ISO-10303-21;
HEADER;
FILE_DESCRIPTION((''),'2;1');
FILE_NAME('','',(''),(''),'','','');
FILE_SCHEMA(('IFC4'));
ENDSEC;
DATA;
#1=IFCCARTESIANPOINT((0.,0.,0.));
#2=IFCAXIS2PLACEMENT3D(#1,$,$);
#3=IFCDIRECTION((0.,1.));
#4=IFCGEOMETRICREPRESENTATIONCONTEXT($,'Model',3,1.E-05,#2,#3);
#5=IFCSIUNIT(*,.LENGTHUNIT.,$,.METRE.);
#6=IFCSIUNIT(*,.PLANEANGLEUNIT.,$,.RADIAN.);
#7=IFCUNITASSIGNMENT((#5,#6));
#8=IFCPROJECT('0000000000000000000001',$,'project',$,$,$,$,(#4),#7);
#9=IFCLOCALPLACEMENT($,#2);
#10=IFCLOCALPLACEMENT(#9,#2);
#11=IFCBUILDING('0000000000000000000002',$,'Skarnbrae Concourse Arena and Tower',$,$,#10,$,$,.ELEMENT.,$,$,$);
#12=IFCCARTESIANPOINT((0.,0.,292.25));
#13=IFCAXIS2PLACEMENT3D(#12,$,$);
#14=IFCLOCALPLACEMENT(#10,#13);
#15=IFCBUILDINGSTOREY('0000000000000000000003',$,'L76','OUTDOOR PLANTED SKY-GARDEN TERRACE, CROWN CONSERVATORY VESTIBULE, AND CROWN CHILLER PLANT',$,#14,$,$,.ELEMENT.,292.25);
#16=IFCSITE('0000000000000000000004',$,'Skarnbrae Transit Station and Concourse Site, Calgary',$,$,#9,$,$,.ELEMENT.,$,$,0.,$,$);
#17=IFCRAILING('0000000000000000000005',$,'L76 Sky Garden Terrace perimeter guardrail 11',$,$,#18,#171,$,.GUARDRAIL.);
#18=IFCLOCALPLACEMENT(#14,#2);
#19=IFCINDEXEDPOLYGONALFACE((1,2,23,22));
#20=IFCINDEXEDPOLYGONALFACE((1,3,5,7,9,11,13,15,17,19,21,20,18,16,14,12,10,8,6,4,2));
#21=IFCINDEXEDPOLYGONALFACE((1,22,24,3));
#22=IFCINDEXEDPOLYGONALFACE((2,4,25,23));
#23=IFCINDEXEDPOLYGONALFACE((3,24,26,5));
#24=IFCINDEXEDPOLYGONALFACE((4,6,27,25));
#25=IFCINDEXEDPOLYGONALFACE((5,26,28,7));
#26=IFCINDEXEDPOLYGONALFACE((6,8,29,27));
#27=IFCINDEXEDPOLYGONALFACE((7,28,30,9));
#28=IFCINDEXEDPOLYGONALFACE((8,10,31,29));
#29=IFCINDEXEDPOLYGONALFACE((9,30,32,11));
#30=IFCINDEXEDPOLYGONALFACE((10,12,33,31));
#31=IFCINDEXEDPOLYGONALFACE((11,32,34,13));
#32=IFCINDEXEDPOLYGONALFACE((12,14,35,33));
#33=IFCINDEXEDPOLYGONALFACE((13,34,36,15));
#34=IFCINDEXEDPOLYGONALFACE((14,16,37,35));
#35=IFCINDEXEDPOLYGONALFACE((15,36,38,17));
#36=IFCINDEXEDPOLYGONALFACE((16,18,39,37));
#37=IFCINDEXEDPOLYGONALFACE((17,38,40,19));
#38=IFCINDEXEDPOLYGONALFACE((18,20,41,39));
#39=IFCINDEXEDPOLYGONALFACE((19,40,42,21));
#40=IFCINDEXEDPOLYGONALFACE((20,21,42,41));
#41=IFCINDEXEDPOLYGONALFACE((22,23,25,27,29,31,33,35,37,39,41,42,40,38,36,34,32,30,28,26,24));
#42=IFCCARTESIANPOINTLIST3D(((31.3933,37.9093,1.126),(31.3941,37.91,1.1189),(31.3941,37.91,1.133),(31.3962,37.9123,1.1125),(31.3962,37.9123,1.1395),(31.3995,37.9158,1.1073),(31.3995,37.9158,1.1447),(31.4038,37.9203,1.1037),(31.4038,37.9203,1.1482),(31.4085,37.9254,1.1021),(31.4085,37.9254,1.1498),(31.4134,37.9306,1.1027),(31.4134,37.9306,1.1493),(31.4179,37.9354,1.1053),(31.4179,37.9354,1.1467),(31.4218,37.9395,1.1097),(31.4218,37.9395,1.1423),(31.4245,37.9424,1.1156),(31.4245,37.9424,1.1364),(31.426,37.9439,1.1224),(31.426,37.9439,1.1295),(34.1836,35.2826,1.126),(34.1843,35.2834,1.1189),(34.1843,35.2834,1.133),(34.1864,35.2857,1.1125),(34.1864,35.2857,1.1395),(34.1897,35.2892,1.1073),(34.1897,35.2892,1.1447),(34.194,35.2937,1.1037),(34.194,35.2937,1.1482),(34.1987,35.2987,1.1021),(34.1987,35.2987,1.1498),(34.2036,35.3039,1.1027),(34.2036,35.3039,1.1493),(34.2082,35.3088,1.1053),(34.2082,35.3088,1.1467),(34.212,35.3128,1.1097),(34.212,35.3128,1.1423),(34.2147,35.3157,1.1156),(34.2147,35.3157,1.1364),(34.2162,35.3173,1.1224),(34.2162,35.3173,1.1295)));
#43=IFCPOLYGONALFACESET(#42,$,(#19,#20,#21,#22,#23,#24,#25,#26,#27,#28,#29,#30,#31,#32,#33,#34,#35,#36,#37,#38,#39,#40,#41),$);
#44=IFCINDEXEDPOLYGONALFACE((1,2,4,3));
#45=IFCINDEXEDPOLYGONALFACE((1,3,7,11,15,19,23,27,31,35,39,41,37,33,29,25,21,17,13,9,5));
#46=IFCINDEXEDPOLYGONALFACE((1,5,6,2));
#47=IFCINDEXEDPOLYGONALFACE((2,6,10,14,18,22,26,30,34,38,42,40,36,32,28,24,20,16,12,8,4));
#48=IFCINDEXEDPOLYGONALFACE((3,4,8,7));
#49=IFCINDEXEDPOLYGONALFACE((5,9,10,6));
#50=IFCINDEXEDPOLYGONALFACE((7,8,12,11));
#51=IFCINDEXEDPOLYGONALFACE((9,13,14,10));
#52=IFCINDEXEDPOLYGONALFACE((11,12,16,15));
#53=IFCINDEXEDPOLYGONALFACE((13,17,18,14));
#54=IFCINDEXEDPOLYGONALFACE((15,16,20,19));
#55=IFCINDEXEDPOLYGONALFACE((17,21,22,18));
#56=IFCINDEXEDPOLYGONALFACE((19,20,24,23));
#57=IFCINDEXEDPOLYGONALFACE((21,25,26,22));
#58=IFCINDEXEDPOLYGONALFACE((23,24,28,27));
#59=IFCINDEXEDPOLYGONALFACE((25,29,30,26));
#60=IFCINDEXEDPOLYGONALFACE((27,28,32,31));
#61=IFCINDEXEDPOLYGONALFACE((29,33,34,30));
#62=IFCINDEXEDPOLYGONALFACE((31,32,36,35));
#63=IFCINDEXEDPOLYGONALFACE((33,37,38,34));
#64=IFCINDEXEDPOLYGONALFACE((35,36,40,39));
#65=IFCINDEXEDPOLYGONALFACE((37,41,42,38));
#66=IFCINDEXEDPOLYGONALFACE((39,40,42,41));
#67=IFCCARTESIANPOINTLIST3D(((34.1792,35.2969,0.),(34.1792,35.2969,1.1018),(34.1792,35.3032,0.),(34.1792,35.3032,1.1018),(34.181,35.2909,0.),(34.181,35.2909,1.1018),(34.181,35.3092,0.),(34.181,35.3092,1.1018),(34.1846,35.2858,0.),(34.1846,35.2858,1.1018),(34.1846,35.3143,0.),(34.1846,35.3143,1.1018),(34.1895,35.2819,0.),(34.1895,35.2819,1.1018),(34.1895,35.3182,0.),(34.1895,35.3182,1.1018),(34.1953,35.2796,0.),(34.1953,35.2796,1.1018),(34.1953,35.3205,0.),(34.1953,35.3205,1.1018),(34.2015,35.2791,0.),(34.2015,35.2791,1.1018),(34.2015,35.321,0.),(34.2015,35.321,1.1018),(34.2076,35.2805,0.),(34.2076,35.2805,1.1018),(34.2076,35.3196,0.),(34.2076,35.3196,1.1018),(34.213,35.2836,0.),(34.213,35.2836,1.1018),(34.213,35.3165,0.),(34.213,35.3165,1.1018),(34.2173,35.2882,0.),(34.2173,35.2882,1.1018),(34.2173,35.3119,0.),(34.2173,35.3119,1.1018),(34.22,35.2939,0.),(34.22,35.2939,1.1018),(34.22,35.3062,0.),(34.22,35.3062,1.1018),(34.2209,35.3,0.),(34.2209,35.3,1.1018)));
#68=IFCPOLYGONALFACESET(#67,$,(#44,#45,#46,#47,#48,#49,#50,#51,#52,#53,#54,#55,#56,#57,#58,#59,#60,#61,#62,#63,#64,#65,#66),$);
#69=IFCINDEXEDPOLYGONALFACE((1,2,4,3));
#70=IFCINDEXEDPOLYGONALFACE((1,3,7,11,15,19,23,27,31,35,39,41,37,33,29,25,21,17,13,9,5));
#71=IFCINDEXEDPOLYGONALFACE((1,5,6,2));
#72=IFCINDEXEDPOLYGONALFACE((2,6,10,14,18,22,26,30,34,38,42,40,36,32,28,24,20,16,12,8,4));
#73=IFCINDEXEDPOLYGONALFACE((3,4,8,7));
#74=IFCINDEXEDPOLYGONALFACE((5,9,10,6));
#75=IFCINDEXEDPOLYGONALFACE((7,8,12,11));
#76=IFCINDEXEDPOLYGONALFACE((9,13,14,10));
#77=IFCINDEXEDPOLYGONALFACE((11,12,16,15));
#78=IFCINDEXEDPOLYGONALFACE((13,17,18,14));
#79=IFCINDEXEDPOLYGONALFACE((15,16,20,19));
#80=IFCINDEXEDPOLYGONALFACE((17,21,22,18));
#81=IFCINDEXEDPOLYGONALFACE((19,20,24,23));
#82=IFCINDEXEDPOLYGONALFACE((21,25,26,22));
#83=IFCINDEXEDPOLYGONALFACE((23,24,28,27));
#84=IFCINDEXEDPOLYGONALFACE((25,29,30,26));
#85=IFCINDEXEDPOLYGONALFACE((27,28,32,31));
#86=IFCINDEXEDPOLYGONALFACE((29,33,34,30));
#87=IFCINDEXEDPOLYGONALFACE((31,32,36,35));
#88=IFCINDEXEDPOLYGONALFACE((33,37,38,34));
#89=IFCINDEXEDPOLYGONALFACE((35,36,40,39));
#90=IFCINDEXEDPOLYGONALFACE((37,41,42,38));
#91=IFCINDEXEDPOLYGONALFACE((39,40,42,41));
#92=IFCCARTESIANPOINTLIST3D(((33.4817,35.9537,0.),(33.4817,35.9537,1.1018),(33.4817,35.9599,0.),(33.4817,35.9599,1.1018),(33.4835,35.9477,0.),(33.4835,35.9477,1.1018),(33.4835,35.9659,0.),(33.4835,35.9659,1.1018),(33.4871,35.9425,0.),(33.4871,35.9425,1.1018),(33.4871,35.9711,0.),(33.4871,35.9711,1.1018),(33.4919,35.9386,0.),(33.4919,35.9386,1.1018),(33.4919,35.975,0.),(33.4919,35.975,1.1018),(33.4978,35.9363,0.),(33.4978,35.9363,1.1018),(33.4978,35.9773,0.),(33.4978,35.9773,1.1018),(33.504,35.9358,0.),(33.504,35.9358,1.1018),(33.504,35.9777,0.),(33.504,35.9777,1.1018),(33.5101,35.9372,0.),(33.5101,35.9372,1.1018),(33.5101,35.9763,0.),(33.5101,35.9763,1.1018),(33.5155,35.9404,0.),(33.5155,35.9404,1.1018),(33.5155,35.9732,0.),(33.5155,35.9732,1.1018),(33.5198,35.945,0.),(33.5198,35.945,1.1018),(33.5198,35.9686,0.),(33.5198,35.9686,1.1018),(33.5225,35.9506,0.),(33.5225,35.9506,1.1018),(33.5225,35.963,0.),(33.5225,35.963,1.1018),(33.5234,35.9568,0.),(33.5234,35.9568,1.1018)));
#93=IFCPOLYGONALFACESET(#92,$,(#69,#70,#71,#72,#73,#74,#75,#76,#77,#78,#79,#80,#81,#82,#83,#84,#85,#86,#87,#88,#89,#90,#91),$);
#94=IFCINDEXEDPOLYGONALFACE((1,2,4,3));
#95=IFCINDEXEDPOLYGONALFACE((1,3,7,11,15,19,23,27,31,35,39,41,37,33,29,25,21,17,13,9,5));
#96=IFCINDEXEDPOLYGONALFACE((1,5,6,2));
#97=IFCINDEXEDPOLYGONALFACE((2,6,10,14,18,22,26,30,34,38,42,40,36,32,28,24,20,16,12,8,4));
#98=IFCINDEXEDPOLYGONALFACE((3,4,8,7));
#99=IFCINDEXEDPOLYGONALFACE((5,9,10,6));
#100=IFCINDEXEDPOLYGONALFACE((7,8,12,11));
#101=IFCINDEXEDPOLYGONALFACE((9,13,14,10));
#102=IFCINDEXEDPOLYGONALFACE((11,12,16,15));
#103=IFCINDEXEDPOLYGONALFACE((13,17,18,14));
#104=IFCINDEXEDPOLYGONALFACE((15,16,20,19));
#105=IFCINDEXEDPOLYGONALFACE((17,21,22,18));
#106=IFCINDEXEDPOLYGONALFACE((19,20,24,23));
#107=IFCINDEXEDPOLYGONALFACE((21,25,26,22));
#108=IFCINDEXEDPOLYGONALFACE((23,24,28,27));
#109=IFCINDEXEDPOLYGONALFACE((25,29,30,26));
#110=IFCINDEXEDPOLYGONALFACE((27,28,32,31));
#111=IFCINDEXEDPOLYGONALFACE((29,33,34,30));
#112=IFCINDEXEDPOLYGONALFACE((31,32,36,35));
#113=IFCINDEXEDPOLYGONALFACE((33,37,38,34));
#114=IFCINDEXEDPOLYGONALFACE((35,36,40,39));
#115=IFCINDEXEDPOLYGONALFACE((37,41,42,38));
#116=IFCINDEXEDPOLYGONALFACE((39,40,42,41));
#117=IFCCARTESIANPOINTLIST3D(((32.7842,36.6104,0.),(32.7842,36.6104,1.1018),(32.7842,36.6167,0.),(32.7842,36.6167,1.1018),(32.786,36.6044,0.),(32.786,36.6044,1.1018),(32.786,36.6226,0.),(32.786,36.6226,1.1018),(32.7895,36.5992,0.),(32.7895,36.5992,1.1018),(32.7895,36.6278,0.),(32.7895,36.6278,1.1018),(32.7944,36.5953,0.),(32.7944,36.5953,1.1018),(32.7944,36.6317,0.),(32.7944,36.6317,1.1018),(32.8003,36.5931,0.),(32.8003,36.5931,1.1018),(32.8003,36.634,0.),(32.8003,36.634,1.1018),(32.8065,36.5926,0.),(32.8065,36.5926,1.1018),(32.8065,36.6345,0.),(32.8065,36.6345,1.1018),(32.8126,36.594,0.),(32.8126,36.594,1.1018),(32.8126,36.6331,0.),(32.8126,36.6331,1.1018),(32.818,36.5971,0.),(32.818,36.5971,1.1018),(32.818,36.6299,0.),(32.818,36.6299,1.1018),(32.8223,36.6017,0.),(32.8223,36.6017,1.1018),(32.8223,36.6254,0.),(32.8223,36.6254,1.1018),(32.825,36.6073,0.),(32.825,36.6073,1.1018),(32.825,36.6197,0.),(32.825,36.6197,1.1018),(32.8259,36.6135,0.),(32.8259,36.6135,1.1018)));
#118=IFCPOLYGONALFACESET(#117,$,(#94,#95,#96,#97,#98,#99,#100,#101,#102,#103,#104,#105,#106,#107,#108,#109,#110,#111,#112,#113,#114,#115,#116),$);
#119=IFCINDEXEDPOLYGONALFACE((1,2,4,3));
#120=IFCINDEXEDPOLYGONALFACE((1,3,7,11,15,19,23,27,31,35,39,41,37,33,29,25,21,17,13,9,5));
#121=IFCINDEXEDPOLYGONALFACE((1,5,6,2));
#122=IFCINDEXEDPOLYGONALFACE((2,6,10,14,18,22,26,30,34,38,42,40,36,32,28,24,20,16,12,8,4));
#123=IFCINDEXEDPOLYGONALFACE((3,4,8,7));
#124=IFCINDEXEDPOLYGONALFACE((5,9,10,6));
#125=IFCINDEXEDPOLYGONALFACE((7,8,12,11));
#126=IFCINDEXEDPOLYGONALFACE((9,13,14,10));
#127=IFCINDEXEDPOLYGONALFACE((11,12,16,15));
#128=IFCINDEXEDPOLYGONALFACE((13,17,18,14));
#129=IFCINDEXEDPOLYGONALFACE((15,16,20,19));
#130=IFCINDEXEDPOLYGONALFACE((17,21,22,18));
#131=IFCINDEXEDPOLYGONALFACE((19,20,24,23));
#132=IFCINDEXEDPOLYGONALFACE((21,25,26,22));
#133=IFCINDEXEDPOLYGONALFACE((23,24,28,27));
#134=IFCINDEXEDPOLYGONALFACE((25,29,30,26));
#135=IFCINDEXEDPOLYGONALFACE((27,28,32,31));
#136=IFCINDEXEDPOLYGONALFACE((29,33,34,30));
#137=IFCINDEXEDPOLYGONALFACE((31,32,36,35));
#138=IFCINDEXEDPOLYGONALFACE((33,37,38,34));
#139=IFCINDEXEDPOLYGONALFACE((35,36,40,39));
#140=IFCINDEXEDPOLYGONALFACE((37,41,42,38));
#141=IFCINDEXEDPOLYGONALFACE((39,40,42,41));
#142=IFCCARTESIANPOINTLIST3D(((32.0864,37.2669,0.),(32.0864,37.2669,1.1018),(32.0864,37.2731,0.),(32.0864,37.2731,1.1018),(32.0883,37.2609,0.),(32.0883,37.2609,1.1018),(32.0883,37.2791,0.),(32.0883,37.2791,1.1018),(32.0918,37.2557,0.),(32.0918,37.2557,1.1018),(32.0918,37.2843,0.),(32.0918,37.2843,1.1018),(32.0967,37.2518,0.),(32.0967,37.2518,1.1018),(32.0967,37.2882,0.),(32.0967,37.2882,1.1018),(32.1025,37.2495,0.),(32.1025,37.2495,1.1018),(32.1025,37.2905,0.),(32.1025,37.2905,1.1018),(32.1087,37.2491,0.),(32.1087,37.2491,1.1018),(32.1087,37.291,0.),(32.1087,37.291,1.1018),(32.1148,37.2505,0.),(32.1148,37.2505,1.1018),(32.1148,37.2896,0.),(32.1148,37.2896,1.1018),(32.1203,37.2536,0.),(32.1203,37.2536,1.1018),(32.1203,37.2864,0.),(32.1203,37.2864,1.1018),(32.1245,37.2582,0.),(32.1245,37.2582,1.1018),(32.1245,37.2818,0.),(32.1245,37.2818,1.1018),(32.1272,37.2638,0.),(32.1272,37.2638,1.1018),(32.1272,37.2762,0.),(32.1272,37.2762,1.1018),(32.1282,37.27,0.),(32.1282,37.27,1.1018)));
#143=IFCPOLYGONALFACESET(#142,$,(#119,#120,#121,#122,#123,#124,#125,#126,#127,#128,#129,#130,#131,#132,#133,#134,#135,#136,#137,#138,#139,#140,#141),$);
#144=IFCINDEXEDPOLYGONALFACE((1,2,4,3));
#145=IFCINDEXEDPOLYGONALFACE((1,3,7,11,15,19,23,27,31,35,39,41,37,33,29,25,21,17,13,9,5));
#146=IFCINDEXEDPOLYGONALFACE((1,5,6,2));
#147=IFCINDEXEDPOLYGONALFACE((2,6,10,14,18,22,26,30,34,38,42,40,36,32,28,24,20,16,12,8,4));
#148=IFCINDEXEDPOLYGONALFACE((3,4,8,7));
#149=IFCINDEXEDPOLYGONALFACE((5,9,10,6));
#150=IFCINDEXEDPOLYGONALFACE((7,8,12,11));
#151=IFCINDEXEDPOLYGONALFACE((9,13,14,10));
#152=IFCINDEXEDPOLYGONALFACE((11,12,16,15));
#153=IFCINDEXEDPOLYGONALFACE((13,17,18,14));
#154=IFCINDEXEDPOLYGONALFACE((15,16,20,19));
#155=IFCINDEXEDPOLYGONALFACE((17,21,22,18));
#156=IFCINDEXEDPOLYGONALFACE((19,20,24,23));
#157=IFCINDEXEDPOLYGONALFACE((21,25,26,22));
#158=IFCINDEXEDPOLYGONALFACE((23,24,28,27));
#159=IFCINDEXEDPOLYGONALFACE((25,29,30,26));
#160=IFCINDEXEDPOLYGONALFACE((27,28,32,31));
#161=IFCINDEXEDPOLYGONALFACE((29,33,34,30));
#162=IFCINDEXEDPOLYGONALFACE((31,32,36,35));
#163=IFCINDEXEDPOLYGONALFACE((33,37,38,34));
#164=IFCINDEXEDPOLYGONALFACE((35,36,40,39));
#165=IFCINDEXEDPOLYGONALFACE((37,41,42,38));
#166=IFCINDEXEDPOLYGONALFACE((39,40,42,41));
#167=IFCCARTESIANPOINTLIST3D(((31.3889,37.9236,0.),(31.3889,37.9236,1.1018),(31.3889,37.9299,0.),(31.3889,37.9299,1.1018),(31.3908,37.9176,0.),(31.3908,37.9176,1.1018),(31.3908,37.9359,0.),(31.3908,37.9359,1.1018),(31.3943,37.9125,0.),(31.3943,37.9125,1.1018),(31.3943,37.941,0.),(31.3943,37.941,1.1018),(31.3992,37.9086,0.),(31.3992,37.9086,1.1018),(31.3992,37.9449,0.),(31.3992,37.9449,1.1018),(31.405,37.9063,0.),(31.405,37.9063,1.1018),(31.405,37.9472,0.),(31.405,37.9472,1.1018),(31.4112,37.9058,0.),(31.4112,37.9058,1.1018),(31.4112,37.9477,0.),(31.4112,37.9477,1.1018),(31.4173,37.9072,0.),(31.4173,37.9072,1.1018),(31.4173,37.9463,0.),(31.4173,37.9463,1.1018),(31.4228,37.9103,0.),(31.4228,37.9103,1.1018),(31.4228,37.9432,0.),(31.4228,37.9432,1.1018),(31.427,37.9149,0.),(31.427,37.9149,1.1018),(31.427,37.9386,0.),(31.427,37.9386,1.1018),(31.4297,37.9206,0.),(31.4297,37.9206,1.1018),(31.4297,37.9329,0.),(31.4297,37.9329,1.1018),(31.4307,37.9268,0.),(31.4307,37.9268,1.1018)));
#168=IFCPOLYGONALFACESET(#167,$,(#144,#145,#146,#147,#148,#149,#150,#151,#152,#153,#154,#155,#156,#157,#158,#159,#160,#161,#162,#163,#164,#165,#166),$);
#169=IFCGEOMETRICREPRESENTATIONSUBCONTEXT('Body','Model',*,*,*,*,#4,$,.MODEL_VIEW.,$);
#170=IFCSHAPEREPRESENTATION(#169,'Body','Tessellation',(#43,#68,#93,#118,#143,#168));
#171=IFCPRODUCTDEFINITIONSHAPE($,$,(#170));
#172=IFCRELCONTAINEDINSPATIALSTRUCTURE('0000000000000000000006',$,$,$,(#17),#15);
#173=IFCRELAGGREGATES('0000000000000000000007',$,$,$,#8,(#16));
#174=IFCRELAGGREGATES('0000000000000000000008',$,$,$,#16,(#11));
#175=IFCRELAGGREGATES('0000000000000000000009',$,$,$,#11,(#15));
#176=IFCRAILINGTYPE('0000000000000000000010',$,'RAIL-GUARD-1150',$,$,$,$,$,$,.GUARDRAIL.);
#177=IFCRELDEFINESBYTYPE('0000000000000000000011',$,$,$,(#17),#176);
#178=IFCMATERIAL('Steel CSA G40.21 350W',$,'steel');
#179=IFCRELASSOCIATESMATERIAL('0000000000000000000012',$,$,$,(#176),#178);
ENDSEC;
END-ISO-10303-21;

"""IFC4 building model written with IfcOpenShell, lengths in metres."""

from ifc_helpers import new_model, si_unit, direction, frame, origin, origin_2d, place, context, subcontext, project, spatial, circle, extrude, material, type_object, element, save


model = new_model("IFC4")

# Units and contexts
model_context = context("Model", 3, precision=1e-05, world=origin(), true_north=direction((0.0, 1.0)))
body_context = subcontext(model_context, "Body", "Model", "MODEL_VIEW")
ifc_project = project(units=[si_unit("LENGTHUNIT", "METRE"), si_unit("PLANEANGLEUNIT", "RADIAN")], contexts=[model_context])

# Site, building, storey
site_placement = place(None, origin())
site = spatial("IfcSite", under=ifc_project, at=site_placement, Name="Skarnbrae Transit Station and Concourse Site, Calgary", CompositionType="ELEMENT", RefElevation=0.0)
building_placement = place(site_placement, origin())
building = spatial("IfcBuilding", under=site, at=building_placement, Name="Skarnbrae Concourse Arena and Tower", CompositionType="ELEMENT")
storey_placement = place(building_placement, frame((0.0, 0.0, 292.25)))
storey = spatial("IfcBuildingStorey", under=building, at=storey_placement, Name="L76", Description="OUTDOOR PLANTED SKY-GARDEN TERRACE, CROWN CONSERVATORY VESTIBULE, AND CROWN CHILLER PLANT", CompositionType="ELEMENT", Elevation=292.25)

# Shared definitions
ifc_material_1 = material(Name="Steel CSA G40.21 350W", Category="steel")

# Railing
railing_type = type_object("IfcRailingType", Name="RAIL-GUARD-1150", PredefinedType="GUARDRAIL", material=ifc_material_1)
railing_1_placement = place(storey_placement, frame((34.2, 35.3, 0.0)))
element("IfcRailing", 1, at=railing_1_placement, inside=storey, type_object=railing_type, Name="L76 Sky Garden Terrace perimeter guardrail 11", PredefinedType="GUARDRAIL", context=body_context, shape_type="SweptSolid", body=[
    extrude(circle(Radius=0.0239, at=origin_2d()), frame((0.0, 0.0, 1.126), z_axis=(-0.728127, 0.685442, 0.0), x_axis=(-0.685442, -0.728127, 0.0)), (0.0, 0.0, 1.0), 3.832),
    extrude(circle(Radius=0.021, at=origin_2d()), origin(), (0.0, 0.0, 1.0), 1.1018),
    extrude(circle(Radius=0.021, at=origin_2d()), frame((-0.6975, 0.6567, 0.0)), (0.0, 0.0, 1.0), 1.1018),
    extrude(circle(Radius=0.021, at=origin_2d()), frame((-1.395, 1.3135, 0.0)), (0.0, 0.0, 1.0), 1.1018),
    extrude(circle(Radius=0.021, at=origin_2d()), frame((-2.0928, 1.97, 0.0)), (0.0, 0.0, 1.0), 1.1018),
    extrude(circle(Radius=0.021, at=origin_2d()), frame((-2.7903, 2.6267, 0.0)), (0.0, 0.0, 1.0), 1.1018),
])

save(model, "model.ifc")
